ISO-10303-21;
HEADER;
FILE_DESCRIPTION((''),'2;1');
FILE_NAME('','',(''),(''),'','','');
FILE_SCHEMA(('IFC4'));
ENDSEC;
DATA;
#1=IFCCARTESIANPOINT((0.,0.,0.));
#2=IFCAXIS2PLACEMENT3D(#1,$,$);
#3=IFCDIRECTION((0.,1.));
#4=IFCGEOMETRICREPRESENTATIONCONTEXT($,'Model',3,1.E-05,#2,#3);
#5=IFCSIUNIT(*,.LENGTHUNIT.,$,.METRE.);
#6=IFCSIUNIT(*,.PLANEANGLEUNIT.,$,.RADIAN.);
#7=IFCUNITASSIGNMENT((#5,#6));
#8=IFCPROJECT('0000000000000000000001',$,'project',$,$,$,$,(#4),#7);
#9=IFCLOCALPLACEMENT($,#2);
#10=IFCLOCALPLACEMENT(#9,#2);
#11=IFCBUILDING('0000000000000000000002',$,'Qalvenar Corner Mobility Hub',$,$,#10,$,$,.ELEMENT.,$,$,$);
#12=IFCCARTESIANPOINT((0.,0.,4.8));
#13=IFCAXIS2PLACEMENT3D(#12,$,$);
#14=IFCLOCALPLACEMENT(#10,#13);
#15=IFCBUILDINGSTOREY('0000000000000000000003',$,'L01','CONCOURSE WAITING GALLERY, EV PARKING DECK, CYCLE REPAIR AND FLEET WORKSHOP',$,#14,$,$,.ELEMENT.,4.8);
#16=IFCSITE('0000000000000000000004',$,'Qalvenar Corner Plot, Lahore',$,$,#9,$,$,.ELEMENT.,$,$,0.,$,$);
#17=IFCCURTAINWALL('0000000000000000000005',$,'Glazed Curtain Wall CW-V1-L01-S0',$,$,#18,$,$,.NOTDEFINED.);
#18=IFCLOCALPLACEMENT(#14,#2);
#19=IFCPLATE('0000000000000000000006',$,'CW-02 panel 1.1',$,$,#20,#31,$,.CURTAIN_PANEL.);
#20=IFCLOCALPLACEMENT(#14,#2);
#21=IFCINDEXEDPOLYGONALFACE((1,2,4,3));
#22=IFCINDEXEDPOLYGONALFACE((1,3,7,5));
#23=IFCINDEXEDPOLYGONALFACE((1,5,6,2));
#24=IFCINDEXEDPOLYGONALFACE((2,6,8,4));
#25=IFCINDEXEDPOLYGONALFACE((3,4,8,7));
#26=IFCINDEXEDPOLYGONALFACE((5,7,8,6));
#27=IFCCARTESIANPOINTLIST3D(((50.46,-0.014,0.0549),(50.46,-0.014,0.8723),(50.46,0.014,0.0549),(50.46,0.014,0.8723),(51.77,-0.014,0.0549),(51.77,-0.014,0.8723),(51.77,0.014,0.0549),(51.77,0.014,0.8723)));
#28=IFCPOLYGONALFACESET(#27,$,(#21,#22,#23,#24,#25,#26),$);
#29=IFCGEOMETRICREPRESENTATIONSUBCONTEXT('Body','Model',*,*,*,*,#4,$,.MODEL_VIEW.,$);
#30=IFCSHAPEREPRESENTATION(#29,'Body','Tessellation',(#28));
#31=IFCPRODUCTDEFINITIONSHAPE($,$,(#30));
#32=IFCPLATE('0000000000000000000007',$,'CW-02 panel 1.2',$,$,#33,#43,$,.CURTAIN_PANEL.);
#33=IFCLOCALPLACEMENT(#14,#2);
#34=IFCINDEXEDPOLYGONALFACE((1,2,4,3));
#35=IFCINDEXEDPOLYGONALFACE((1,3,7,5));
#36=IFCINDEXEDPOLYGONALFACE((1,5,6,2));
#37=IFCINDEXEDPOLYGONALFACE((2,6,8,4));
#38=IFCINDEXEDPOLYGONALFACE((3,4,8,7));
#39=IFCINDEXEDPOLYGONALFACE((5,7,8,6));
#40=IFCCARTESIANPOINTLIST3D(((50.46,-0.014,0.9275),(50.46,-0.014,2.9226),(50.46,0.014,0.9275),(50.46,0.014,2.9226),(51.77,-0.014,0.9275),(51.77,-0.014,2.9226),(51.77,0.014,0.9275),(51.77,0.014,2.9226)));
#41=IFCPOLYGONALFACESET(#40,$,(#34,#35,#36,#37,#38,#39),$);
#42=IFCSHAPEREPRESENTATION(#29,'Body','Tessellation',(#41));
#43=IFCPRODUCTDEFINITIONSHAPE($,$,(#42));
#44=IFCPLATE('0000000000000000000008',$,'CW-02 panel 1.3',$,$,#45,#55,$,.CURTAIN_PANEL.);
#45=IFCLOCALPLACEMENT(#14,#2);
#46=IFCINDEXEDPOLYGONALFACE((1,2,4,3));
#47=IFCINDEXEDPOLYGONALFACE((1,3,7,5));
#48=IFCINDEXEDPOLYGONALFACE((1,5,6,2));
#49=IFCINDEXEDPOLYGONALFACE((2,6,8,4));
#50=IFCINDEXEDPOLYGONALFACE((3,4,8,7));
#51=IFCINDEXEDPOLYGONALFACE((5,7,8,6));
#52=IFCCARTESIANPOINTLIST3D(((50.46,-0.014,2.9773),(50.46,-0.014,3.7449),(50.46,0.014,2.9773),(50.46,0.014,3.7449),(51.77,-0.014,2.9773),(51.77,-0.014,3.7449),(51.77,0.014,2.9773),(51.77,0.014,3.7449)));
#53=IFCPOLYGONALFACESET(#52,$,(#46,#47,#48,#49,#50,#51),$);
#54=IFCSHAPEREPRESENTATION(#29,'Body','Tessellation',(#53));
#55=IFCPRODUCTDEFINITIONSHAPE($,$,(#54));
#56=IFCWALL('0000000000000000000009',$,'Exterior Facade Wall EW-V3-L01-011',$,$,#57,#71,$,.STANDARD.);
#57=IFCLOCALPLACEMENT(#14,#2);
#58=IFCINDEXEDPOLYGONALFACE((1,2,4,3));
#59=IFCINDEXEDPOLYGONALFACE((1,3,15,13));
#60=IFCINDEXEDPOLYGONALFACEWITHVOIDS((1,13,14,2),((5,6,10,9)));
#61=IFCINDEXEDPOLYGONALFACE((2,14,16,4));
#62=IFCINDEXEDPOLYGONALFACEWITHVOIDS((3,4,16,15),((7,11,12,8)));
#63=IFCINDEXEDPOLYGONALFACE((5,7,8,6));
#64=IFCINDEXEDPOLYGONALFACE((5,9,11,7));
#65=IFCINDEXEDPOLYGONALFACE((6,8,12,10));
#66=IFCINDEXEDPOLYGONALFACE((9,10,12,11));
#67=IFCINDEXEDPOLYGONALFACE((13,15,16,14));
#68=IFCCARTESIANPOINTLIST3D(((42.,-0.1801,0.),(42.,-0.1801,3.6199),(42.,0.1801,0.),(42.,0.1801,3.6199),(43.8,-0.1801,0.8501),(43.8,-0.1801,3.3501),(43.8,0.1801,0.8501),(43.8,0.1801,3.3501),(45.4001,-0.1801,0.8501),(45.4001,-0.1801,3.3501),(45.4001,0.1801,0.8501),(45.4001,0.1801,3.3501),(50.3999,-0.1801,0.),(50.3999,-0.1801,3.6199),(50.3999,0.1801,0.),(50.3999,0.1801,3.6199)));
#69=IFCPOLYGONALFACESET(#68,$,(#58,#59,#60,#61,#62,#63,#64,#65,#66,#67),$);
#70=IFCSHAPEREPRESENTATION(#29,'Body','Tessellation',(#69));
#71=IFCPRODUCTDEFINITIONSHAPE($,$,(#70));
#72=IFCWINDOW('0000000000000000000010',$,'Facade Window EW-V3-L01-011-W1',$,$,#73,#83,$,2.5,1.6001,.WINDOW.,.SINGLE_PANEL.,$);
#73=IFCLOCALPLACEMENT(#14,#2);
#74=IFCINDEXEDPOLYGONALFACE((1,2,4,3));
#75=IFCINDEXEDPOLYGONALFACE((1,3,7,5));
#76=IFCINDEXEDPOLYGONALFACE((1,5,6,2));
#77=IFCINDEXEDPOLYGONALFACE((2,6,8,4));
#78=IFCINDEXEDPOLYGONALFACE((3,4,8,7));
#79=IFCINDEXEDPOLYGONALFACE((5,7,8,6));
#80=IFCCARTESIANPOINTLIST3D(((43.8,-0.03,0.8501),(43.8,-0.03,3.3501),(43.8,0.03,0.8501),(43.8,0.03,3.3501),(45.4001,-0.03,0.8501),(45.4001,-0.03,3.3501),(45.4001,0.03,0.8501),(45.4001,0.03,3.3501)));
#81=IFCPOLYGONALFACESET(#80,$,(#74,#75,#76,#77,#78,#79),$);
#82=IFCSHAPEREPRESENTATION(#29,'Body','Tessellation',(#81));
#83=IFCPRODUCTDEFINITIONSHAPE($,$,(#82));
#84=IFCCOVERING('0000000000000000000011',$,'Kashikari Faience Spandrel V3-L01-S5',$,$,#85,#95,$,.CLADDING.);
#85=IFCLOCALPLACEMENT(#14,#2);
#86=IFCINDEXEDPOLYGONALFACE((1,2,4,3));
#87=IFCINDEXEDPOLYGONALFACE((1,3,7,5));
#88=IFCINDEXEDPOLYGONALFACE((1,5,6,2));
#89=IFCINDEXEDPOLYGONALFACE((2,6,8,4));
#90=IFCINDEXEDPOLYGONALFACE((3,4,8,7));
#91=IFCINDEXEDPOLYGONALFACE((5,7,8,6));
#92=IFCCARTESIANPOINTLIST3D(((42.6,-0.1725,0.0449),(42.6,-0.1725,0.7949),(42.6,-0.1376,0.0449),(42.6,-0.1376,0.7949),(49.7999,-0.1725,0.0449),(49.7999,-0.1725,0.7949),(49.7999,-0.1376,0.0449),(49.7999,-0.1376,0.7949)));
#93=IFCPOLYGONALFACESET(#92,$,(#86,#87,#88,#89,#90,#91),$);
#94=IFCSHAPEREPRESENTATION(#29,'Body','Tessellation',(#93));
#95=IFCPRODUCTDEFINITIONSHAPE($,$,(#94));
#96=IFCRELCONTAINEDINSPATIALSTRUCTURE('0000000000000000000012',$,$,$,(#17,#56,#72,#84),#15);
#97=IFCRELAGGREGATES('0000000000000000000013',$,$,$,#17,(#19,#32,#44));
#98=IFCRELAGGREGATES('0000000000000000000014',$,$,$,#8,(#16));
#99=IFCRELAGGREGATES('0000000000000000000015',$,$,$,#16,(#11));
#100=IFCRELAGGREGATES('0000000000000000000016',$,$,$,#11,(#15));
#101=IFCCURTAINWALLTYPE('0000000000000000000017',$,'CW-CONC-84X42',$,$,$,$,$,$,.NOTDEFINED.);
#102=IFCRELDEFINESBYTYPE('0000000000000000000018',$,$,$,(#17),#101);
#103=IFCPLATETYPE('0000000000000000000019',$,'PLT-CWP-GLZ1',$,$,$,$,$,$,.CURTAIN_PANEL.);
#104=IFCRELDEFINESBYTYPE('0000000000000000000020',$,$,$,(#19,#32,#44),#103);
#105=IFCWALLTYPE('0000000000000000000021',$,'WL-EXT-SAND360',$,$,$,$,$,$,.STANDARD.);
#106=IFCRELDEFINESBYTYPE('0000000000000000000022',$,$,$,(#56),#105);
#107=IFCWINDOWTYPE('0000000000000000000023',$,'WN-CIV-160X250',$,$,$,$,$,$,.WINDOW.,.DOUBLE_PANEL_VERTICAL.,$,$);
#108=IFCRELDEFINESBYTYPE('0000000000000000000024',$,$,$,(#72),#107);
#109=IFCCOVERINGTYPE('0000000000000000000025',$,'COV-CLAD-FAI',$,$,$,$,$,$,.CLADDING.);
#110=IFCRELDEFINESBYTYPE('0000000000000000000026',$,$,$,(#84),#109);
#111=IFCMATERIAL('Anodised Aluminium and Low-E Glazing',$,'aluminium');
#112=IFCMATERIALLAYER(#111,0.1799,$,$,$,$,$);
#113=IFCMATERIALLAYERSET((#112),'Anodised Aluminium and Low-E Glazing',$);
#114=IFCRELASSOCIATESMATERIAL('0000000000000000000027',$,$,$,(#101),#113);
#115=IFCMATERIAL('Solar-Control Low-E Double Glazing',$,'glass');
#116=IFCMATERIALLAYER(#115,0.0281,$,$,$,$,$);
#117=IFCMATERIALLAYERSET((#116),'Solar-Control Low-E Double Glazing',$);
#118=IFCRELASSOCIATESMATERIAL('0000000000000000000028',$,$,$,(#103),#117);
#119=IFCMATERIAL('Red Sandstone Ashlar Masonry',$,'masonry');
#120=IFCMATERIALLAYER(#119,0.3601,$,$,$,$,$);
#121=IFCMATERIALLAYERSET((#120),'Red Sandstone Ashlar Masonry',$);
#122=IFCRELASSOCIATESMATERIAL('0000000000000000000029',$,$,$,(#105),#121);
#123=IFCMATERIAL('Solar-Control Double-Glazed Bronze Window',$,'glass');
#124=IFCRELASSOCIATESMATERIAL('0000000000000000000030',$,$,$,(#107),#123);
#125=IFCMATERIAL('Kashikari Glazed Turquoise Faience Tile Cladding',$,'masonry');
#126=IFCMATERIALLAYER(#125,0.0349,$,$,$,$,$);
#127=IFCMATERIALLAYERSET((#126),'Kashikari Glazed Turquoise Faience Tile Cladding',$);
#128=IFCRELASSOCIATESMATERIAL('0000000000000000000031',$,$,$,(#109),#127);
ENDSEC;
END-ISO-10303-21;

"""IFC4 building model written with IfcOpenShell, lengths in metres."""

from ifc_helpers import new_model, si_unit, direction, frame, frame_2d, origin, origin_2d, place, context, subcontext, project, spatial, rectangle, extrude, material, layer, layer_set, type_object, element, fill, aggregate, save


model = new_model("IFC4")

# Units and contexts
model_context = context("Model", 3, precision=1e-05, world=origin(), true_north=direction((0.0, 1.0)))
body_context = subcontext(model_context, "Body", "Model", "MODEL_VIEW")
ifc_project = project(units=[si_unit("LENGTHUNIT", "METRE"), si_unit("PLANEANGLEUNIT", "RADIAN")], contexts=[model_context])

# Site, building, storey
site_placement = place(None, origin())
site = spatial("IfcSite", under=ifc_project, at=site_placement, Name="Qalvenar Corner Plot, Lahore", CompositionType="ELEMENT", RefElevation=0.0)
building_placement = place(site_placement, origin())
building = spatial("IfcBuilding", under=site, at=building_placement, Name="Qalvenar Corner Mobility Hub", CompositionType="ELEMENT")
storey_placement = place(building_placement, frame((0.0, 0.0, 4.8)))
storey = spatial("IfcBuildingStorey", under=building, at=storey_placement, Name="L01", Description="CONCOURSE WAITING GALLERY, EV PARKING DECK, CYCLE REPAIR AND FLEET WORKSHOP", CompositionType="ELEMENT", Elevation=4.8)

# Curtain wall
ifc_material_1 = material(Name="Anodised Aluminium and Low-E Glazing", Category="aluminium")
ifc_layer_1 = layer(ifc_material_1, 0.1799)
ifc_layer_set_1 = layer_set([ifc_layer_1], Name="Anodised Aluminium and Low-E Glazing")
curtain_wall_type_1 = type_object("IfcCurtainWallType", Name="CW-CONC-84X42", PredefinedType="NOTDEFINED", material=ifc_layer_set_1)
curtain_wall_1_placement = place(storey_placement, origin())
curtain_wall_1 = element("IfcCurtainWall", 1, at=curtain_wall_1_placement, inside=storey, type_object=curtain_wall_type_1, Name="Glazed Curtain Wall CW-V1-L01-S0", PredefinedType="NOTDEFINED")

# Plates
ifc_material_2 = material(Name="Solar-Control Low-E Double Glazing", Category="glass")
ifc_layer_2 = layer(ifc_material_2, 0.0281)
ifc_layer_set_2 = layer_set([ifc_layer_2], Name="Solar-Control Low-E Double Glazing")
plate_type = type_object("IfcPlateType", Name="PLT-CWP-GLZ1", PredefinedType="CURTAIN_PANEL", material=ifc_layer_set_2)
plate_1_placement = place(storey_placement, frame((51.115, 0.0, 0.0549), z_axis=(0.0, 0.0, 1.0), x_axis=(1.0, 0.0, 0.0)))
plate_1 = element("IfcPlate", 2, at=plate_1_placement, type_object=plate_type, Name="CW-02 panel 1.1", PredefinedType="CURTAIN_PANEL", context=body_context, shape_type="SweptSolid", body=[
    extrude(rectangle(XDim=1.3101, YDim=0.0281, at=origin_2d()), origin(), (0.0, 0.0, 1.0), 0.8174),
])
plate_2_placement = place(storey_placement, frame((51.115, 0.0, 0.9275), z_axis=(0.0, 0.0, 1.0), x_axis=(1.0, 0.0, 0.0)))
plate_2 = element("IfcPlate", 3, at=plate_2_placement, type_object=plate_type, Name="CW-02 panel 1.2", PredefinedType="CURTAIN_PANEL", context=body_context, shape_type="SweptSolid", body=[
    extrude(rectangle(XDim=1.3101, YDim=0.0281, at=origin_2d()), origin(), (0.0, 0.0, 1.0), 1.9951),
])
plate_3_placement = place(storey_placement, frame((51.115, 0.0, 2.9773), z_axis=(0.0, 0.0, 1.0), x_axis=(1.0, 0.0, 0.0)))
plate_3 = element("IfcPlate", 4, at=plate_3_placement, type_object=plate_type, Name="CW-02 panel 1.3", PredefinedType="CURTAIN_PANEL", context=body_context, shape_type="SweptSolid", body=[
    extrude(rectangle(XDim=1.3101, YDim=0.0281, at=origin_2d()), origin(), (0.0, 0.0, 1.0), 0.7676),
])
aggregate(curtain_wall_1, [plate_1, plate_2, plate_3])

# Wall, opening, window
ifc_material_3 = material(Name="Red Sandstone Ashlar Masonry", Category="masonry")
ifc_layer_3 = layer(ifc_material_3, 0.3601)
ifc_layer_set_3 = layer_set([ifc_layer_3], Name="Red Sandstone Ashlar Masonry")
wall_type = type_object("IfcWallType", Name="WL-EXT-SAND360", PredefinedType="STANDARD", material=ifc_layer_set_3)
wall_placement = place(storey_placement, frame((42.0, 0.0, 0.0), z_axis=(0.0, 0.0, 1.0), x_axis=(1.0, 0.0, 0.0)))
wall = element("IfcWall", 5, at=wall_placement, inside=storey, type_object=wall_type, Name="Exterior Facade Wall EW-V3-L01-011", PredefinedType="STANDARD", context=body_context, shape_type="SweptSolid", body=[
    extrude(rectangle(XDim=8.3999, YDim=0.3601, at=frame_2d((4.2, 0.0))), origin(), (0.0, 0.0, 1.0), 3.6199),
])
opening_placement = place(wall_placement, frame((1.8, 0.0, 0.8501)))
opening = element("IfcOpeningElement", 6, at=opening_placement, cuts=wall, PredefinedType="OPENING", context=body_context, shape_type="SweptSolid", body=[
    extrude(rectangle(XDim=1.6001, YDim=2.5, at=frame_2d((0.8, 1.25))), frame((0.0, 0.1899, 0.0), z_axis=(0.0, -1.0, 0.0), x_axis=(1.0, 0.0, 0.0)), (0.0, 0.0, 1.0), 0.3801),
])
ifc_material_4 = material(Name="Solar-Control Double-Glazed Bronze Window", Category="glass")
window_type = type_object("IfcWindowType", Name="WN-CIV-160X250", PartitioningType="DOUBLE_PANEL_VERTICAL", PredefinedType="WINDOW", material=ifc_material_4)
window_placement = place(opening_placement, origin())
window = element("IfcWindow", 7, at=window_placement, inside=storey, type_object=window_type, Name="Facade Window EW-V3-L01-011-W1", OverallHeight=2.5, OverallWidth=1.6001, PartitioningType="SINGLE_PANEL", PredefinedType="WINDOW", context=body_context, shape_type="SweptSolid", body=[
    extrude(rectangle(XDim=1.6001, YDim=2.5, at=frame_2d((0.8, 1.25))), frame((0.0, 0.03, 0.0), z_axis=(0.0, -1.0, 0.0), x_axis=(1.0, 0.0, 0.0)), (0.0, 0.0, 1.0), 0.0601),
])
fill(opening, window)

# Covering
ifc_material_5 = material(Name="Kashikari Glazed Turquoise Faience Tile Cladding", Category="masonry")
ifc_layer_4 = layer(ifc_material_5, 0.0349)
ifc_layer_set_4 = layer_set([ifc_layer_4], Name="Kashikari Glazed Turquoise Faience Tile Cladding")
covering_type = type_object("IfcCoveringType", Name="COV-CLAD-FAI", PredefinedType="CLADDING", material=ifc_layer_set_4)
covering_placement = place(storey_placement, frame((46.2, -0.155, 0.0449), z_axis=(0.0, 0.0, 1.0), x_axis=(1.0, 0.0, 0.0)))
element("IfcCovering", 8, at=covering_placement, inside=storey, type_object=covering_type, Name="Kashikari Faience Spandrel V3-L01-S5", PredefinedType="CLADDING", context=body_context, shape_type="SweptSolid", body=[
    extrude(rectangle(XDim=7.2, YDim=0.0349, at=origin_2d()), origin(), (0.0, 0.0, 1.0), 0.75),
])

save(model, "model.ifc")
